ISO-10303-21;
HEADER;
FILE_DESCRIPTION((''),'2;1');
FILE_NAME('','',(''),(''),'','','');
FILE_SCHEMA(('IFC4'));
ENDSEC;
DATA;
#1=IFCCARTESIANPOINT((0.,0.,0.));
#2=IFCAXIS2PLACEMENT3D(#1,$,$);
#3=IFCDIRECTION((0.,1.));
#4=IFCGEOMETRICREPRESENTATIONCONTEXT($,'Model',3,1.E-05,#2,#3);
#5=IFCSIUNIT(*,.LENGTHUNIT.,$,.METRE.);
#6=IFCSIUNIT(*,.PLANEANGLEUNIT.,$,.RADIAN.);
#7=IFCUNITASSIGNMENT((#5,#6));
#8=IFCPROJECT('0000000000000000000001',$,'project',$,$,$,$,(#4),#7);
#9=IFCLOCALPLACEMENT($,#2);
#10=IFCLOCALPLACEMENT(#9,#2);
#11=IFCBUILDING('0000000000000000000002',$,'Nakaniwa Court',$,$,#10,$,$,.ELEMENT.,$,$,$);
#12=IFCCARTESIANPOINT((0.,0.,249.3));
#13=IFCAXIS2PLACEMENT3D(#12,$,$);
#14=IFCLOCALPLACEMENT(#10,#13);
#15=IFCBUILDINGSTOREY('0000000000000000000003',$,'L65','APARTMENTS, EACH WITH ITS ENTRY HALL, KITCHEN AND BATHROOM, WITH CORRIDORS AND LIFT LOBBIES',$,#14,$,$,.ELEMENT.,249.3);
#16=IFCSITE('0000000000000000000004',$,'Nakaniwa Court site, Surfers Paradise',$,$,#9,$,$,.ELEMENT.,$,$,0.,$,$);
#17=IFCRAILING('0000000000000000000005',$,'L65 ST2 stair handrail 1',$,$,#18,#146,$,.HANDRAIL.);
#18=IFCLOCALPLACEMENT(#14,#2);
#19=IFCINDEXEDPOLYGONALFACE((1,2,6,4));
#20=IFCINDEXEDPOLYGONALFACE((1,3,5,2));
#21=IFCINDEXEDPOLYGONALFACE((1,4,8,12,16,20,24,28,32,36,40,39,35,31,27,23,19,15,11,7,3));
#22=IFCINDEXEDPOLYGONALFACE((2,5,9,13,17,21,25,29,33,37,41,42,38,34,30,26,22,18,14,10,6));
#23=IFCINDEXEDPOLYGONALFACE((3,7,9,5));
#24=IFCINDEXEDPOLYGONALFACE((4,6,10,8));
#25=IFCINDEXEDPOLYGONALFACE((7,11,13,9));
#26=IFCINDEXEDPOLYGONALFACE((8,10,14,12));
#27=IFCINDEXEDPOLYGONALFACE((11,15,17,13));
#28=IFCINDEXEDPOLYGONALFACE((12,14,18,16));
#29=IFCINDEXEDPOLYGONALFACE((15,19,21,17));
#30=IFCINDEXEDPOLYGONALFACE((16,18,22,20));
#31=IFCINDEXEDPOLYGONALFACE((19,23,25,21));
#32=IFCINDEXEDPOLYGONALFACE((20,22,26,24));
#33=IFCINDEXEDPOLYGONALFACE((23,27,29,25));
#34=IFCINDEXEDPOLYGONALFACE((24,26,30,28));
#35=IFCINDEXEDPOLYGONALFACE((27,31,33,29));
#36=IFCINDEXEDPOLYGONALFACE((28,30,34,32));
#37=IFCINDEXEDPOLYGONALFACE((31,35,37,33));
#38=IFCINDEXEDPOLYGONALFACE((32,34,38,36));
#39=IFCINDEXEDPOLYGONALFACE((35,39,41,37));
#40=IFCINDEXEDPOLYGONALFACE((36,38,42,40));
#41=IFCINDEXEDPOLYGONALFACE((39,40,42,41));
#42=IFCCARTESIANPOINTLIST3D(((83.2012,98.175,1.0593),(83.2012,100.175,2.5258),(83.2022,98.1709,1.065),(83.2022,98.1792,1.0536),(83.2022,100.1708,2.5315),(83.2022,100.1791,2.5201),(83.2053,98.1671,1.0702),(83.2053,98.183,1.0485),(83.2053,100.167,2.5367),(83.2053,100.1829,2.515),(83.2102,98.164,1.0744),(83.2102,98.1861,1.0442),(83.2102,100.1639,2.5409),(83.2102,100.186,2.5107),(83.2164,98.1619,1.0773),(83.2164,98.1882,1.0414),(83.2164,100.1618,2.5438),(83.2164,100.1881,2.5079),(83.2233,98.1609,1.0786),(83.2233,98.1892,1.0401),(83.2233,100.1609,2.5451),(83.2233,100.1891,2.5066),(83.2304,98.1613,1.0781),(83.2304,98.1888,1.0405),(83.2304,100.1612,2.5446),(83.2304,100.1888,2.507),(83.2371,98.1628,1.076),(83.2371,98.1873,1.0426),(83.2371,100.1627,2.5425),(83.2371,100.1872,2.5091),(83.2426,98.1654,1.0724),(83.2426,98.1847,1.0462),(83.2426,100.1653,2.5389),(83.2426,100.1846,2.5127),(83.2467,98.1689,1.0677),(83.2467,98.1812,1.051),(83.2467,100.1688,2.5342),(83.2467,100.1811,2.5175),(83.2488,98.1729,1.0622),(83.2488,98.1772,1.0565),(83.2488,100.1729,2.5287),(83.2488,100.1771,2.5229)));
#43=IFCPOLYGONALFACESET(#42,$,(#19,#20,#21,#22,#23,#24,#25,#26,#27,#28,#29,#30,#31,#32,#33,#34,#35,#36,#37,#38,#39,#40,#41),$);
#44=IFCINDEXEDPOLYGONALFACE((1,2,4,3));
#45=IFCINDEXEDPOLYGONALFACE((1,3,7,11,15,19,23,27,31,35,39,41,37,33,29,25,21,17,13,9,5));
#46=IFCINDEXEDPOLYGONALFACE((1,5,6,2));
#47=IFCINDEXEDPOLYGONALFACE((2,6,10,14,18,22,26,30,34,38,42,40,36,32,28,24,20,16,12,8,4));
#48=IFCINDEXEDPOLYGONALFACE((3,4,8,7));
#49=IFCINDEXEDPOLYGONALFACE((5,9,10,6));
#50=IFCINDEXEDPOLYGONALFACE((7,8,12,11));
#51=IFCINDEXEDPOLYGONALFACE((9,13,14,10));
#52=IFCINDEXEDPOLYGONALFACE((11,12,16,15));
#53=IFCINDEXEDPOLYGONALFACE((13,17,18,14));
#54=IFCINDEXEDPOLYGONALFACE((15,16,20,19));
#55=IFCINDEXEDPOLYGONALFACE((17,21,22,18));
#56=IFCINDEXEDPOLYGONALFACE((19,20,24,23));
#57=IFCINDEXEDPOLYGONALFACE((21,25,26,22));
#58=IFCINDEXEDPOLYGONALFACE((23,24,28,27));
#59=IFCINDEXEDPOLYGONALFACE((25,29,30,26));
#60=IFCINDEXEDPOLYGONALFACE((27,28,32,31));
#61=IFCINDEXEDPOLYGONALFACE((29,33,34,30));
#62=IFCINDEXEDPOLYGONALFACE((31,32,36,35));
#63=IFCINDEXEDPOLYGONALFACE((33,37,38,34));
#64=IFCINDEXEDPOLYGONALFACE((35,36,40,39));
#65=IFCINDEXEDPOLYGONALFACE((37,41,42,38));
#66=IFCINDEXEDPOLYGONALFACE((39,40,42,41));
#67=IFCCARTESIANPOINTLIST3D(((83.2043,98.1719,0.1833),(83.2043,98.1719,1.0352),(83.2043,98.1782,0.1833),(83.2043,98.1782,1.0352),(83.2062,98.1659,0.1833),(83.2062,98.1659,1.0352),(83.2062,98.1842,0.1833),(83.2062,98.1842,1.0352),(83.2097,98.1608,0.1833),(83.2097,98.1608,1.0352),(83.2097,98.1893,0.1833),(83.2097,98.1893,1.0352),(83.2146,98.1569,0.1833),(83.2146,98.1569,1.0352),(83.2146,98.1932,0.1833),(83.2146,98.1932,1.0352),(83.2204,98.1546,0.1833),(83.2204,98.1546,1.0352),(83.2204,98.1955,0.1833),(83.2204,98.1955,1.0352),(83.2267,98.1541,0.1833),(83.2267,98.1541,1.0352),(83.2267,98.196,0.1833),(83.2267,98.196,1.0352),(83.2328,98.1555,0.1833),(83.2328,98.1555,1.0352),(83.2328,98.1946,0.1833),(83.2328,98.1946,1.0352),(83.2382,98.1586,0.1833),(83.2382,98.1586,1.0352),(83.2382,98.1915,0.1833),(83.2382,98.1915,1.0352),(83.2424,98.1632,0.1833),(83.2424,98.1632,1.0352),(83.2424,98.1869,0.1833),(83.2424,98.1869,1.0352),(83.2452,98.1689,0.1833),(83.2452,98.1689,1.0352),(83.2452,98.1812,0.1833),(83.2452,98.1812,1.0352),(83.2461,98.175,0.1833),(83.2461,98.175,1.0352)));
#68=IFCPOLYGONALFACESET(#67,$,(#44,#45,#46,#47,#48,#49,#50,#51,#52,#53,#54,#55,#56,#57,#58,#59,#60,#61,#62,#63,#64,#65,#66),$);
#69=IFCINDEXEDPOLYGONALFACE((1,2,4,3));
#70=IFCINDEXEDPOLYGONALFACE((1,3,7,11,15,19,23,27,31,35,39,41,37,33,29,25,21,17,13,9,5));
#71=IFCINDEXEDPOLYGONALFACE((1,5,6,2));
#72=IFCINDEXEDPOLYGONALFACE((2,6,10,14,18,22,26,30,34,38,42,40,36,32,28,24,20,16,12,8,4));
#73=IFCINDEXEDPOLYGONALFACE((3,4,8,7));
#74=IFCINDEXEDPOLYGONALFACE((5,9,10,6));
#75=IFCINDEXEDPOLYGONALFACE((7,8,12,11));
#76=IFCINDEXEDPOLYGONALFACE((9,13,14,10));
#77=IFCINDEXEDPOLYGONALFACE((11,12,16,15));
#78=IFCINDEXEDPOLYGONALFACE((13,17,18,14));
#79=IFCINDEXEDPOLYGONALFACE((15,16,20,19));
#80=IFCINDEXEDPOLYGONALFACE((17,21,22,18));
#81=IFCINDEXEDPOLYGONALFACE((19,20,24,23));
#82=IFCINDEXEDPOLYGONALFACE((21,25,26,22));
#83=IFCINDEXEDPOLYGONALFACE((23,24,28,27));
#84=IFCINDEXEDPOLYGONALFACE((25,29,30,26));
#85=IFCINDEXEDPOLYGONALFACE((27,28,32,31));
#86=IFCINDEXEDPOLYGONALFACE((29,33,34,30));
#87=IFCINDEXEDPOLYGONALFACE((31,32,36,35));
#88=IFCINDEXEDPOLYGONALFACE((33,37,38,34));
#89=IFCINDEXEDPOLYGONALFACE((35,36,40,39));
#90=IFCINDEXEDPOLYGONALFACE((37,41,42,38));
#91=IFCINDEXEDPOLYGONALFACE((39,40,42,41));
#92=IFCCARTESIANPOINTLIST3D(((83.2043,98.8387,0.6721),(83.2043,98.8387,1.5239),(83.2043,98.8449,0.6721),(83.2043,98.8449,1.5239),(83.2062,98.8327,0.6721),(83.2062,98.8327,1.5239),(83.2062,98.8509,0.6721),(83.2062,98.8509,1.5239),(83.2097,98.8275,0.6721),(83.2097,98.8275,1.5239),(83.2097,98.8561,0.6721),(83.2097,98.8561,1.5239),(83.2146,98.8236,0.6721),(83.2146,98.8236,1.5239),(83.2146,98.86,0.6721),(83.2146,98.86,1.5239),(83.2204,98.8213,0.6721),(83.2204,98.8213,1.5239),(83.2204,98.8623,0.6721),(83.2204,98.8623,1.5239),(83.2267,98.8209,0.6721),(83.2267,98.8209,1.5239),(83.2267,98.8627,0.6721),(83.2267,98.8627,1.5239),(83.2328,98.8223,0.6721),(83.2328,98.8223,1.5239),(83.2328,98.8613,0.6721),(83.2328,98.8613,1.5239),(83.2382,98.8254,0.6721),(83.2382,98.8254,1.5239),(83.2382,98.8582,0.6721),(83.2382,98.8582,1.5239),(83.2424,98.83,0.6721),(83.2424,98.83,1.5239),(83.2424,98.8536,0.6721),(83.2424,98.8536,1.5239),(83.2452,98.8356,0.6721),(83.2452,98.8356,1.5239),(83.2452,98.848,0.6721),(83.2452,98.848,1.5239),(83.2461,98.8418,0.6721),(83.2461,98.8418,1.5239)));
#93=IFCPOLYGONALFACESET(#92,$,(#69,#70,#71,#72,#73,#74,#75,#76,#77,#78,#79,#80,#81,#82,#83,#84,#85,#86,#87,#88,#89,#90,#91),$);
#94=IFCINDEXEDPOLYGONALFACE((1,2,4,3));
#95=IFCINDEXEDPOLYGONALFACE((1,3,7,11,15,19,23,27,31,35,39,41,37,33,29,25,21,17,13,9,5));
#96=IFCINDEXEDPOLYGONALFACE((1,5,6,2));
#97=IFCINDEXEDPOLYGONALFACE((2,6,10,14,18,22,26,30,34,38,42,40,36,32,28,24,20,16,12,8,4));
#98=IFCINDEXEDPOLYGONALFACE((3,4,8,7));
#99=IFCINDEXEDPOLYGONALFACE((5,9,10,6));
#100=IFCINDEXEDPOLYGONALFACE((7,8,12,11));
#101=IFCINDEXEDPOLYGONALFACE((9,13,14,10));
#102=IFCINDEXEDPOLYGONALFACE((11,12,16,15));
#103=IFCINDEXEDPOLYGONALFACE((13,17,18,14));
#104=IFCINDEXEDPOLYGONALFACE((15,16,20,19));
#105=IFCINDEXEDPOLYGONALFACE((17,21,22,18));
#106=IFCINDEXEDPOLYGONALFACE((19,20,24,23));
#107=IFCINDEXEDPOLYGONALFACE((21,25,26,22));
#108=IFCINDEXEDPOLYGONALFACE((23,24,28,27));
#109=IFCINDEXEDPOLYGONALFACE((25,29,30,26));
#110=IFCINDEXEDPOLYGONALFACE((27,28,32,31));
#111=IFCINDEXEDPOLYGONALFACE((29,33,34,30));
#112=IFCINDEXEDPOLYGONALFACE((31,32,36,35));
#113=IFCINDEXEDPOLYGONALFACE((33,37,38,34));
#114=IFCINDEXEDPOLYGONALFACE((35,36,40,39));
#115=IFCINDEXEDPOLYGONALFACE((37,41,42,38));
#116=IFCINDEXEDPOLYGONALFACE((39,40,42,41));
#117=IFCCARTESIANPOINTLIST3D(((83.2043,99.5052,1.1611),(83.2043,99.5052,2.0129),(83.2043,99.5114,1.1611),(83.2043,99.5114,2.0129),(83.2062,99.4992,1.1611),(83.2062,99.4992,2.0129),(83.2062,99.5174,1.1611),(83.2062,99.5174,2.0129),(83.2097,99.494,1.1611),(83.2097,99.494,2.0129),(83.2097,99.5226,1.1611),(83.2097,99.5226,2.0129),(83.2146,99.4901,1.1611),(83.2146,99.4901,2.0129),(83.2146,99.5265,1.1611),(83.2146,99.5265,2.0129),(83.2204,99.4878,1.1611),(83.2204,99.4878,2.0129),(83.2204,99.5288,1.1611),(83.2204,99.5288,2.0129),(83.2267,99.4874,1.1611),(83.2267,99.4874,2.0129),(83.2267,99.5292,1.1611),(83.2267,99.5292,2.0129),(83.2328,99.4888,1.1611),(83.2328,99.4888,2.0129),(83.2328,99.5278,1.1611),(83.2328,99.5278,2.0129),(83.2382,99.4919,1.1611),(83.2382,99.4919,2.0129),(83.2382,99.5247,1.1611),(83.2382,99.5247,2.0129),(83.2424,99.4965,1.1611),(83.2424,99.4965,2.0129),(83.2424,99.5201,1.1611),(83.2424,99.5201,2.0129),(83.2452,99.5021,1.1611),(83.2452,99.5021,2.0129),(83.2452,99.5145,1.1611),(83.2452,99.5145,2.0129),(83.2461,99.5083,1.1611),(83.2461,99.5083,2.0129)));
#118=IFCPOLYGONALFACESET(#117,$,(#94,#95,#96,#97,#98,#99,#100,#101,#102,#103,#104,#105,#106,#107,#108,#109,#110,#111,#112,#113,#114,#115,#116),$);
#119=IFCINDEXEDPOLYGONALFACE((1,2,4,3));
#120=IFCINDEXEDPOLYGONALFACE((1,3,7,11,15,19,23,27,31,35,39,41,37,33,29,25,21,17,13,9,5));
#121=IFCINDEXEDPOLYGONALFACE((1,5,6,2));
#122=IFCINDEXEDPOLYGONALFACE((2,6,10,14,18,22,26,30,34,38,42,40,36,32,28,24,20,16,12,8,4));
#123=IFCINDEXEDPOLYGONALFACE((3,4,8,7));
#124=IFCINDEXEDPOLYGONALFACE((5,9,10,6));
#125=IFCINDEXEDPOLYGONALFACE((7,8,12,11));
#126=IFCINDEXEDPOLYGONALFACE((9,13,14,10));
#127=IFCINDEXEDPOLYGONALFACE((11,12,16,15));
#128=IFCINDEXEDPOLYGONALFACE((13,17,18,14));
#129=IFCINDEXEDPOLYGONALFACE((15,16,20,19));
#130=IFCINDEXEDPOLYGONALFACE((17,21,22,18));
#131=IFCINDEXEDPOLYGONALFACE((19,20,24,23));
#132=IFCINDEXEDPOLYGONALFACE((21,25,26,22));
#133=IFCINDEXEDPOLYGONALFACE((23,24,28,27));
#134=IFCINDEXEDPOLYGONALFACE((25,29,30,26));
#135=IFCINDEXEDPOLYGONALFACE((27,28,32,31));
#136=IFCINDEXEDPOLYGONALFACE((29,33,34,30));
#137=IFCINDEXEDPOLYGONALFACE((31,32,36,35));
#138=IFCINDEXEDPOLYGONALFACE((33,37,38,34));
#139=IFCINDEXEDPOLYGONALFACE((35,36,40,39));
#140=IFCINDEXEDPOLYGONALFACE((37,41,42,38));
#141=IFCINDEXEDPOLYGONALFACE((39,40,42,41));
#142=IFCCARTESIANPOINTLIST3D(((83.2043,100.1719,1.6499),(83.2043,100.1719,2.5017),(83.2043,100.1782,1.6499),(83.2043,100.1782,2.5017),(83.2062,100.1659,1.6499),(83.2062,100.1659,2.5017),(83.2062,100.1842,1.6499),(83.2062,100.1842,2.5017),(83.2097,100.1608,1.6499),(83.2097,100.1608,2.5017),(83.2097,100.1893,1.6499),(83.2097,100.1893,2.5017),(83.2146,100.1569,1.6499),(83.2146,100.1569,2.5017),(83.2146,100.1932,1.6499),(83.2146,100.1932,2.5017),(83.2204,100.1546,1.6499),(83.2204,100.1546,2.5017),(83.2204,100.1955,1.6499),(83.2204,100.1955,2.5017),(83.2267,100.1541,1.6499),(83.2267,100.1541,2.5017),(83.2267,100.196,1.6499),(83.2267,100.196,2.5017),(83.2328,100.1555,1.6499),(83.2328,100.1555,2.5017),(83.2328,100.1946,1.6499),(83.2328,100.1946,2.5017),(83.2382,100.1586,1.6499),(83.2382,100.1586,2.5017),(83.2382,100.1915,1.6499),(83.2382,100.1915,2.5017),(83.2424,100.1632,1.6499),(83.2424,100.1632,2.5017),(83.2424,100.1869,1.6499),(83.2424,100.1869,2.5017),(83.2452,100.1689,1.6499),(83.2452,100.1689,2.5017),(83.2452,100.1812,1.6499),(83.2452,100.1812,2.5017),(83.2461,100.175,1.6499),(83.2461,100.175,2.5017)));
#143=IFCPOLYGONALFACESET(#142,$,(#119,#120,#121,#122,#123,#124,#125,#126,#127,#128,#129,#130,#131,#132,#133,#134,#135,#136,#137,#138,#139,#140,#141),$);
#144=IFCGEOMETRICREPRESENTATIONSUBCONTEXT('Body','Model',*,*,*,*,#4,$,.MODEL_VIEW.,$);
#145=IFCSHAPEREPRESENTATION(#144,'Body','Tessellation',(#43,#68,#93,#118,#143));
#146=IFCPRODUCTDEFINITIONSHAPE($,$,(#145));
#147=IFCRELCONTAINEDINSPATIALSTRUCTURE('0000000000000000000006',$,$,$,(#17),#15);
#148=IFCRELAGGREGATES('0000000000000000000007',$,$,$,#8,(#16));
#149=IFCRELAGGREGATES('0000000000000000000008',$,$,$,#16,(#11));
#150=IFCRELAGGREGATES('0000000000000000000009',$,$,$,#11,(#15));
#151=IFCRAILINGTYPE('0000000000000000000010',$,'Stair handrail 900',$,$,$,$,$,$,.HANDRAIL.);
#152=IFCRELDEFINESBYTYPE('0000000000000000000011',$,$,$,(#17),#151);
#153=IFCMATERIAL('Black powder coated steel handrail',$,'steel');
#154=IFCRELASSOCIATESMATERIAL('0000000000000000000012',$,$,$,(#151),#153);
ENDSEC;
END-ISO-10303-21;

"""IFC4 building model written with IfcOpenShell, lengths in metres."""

from ifc_helpers import new_model, si_unit, direction, frame, origin, origin_2d, place, context, subcontext, project, spatial, circle, extrude, material, type_object, element, save


model = new_model("IFC4")

# Units and contexts
model_context = context("Model", 3, precision=1e-05, world=origin(), true_north=direction((0.0, 1.0)))
body_context = subcontext(model_context, "Body", "Model", "MODEL_VIEW")
ifc_project = project(units=[si_unit("LENGTHUNIT", "METRE"), si_unit("PLANEANGLEUNIT", "RADIAN")], contexts=[model_context])

# Site, building, storey
site_placement = place(None, origin())
site = spatial("IfcSite", under=ifc_project, at=site_placement, Name="Nakaniwa Court site, Surfers Paradise", CompositionType="ELEMENT", RefElevation=0.0)
building_placement = place(site_placement, origin())
building = spatial("IfcBuilding", under=site, at=building_placement, Name="Nakaniwa Court", CompositionType="ELEMENT")
storey_placement = place(building_placement, frame((0.0, 0.0, 249.3)))
storey = spatial("IfcBuildingStorey", under=building, at=storey_placement, Name="L65", Description="APARTMENTS, EACH WITH ITS ENTRY HALL, KITCHEN AND BATHROOM, WITH CORRIDORS AND LIFT LOBBIES", CompositionType="ELEMENT", Elevation=249.3)

# Railing
ifc_material_1 = material(Name="Black powder coated steel handrail", Category="steel")
railing_type_1 = type_object("IfcRailingType", Name="Stair handrail 900", PredefinedType="HANDRAIL", material=ifc_material_1)
railing_1_placement = place(storey_placement, frame((83.2251, 98.175, 0.1833)))
element("IfcRailing", 1, at=railing_1_placement, inside=storey, type_object=railing_type_1, Name="L65 ST2 stair handrail 1", PredefinedType="HANDRAIL", context=body_context, shape_type="SweptSolid", body=[
    extrude(circle(Radius=0.0239, at=origin_2d()), frame((0.0, 0.0, 0.876), z_axis=(0.0, 0.806427, 0.591334), x_axis=(-1.0, 0.0, 0.0)), (0.0, 0.0, 1.0), 2.48),
    extrude(circle(Radius=0.021, at=origin_2d()), origin(), (0.0, 0.0, 1.0), 0.8518),
    extrude(circle(Radius=0.021, at=origin_2d()), frame((0.0, 0.6667, 0.4888)), (0.0, 0.0, 1.0), 0.8518),
    extrude(circle(Radius=0.021, at=origin_2d()), frame((0.0, 1.3333, 0.9778)), (0.0, 0.0, 1.0), 0.8518),
    extrude(circle(Radius=0.021, at=origin_2d()), frame((0.0, 2.0, 1.4666)), (0.0, 0.0, 1.0), 0.8518),
])

save(model, "model.ifc")
